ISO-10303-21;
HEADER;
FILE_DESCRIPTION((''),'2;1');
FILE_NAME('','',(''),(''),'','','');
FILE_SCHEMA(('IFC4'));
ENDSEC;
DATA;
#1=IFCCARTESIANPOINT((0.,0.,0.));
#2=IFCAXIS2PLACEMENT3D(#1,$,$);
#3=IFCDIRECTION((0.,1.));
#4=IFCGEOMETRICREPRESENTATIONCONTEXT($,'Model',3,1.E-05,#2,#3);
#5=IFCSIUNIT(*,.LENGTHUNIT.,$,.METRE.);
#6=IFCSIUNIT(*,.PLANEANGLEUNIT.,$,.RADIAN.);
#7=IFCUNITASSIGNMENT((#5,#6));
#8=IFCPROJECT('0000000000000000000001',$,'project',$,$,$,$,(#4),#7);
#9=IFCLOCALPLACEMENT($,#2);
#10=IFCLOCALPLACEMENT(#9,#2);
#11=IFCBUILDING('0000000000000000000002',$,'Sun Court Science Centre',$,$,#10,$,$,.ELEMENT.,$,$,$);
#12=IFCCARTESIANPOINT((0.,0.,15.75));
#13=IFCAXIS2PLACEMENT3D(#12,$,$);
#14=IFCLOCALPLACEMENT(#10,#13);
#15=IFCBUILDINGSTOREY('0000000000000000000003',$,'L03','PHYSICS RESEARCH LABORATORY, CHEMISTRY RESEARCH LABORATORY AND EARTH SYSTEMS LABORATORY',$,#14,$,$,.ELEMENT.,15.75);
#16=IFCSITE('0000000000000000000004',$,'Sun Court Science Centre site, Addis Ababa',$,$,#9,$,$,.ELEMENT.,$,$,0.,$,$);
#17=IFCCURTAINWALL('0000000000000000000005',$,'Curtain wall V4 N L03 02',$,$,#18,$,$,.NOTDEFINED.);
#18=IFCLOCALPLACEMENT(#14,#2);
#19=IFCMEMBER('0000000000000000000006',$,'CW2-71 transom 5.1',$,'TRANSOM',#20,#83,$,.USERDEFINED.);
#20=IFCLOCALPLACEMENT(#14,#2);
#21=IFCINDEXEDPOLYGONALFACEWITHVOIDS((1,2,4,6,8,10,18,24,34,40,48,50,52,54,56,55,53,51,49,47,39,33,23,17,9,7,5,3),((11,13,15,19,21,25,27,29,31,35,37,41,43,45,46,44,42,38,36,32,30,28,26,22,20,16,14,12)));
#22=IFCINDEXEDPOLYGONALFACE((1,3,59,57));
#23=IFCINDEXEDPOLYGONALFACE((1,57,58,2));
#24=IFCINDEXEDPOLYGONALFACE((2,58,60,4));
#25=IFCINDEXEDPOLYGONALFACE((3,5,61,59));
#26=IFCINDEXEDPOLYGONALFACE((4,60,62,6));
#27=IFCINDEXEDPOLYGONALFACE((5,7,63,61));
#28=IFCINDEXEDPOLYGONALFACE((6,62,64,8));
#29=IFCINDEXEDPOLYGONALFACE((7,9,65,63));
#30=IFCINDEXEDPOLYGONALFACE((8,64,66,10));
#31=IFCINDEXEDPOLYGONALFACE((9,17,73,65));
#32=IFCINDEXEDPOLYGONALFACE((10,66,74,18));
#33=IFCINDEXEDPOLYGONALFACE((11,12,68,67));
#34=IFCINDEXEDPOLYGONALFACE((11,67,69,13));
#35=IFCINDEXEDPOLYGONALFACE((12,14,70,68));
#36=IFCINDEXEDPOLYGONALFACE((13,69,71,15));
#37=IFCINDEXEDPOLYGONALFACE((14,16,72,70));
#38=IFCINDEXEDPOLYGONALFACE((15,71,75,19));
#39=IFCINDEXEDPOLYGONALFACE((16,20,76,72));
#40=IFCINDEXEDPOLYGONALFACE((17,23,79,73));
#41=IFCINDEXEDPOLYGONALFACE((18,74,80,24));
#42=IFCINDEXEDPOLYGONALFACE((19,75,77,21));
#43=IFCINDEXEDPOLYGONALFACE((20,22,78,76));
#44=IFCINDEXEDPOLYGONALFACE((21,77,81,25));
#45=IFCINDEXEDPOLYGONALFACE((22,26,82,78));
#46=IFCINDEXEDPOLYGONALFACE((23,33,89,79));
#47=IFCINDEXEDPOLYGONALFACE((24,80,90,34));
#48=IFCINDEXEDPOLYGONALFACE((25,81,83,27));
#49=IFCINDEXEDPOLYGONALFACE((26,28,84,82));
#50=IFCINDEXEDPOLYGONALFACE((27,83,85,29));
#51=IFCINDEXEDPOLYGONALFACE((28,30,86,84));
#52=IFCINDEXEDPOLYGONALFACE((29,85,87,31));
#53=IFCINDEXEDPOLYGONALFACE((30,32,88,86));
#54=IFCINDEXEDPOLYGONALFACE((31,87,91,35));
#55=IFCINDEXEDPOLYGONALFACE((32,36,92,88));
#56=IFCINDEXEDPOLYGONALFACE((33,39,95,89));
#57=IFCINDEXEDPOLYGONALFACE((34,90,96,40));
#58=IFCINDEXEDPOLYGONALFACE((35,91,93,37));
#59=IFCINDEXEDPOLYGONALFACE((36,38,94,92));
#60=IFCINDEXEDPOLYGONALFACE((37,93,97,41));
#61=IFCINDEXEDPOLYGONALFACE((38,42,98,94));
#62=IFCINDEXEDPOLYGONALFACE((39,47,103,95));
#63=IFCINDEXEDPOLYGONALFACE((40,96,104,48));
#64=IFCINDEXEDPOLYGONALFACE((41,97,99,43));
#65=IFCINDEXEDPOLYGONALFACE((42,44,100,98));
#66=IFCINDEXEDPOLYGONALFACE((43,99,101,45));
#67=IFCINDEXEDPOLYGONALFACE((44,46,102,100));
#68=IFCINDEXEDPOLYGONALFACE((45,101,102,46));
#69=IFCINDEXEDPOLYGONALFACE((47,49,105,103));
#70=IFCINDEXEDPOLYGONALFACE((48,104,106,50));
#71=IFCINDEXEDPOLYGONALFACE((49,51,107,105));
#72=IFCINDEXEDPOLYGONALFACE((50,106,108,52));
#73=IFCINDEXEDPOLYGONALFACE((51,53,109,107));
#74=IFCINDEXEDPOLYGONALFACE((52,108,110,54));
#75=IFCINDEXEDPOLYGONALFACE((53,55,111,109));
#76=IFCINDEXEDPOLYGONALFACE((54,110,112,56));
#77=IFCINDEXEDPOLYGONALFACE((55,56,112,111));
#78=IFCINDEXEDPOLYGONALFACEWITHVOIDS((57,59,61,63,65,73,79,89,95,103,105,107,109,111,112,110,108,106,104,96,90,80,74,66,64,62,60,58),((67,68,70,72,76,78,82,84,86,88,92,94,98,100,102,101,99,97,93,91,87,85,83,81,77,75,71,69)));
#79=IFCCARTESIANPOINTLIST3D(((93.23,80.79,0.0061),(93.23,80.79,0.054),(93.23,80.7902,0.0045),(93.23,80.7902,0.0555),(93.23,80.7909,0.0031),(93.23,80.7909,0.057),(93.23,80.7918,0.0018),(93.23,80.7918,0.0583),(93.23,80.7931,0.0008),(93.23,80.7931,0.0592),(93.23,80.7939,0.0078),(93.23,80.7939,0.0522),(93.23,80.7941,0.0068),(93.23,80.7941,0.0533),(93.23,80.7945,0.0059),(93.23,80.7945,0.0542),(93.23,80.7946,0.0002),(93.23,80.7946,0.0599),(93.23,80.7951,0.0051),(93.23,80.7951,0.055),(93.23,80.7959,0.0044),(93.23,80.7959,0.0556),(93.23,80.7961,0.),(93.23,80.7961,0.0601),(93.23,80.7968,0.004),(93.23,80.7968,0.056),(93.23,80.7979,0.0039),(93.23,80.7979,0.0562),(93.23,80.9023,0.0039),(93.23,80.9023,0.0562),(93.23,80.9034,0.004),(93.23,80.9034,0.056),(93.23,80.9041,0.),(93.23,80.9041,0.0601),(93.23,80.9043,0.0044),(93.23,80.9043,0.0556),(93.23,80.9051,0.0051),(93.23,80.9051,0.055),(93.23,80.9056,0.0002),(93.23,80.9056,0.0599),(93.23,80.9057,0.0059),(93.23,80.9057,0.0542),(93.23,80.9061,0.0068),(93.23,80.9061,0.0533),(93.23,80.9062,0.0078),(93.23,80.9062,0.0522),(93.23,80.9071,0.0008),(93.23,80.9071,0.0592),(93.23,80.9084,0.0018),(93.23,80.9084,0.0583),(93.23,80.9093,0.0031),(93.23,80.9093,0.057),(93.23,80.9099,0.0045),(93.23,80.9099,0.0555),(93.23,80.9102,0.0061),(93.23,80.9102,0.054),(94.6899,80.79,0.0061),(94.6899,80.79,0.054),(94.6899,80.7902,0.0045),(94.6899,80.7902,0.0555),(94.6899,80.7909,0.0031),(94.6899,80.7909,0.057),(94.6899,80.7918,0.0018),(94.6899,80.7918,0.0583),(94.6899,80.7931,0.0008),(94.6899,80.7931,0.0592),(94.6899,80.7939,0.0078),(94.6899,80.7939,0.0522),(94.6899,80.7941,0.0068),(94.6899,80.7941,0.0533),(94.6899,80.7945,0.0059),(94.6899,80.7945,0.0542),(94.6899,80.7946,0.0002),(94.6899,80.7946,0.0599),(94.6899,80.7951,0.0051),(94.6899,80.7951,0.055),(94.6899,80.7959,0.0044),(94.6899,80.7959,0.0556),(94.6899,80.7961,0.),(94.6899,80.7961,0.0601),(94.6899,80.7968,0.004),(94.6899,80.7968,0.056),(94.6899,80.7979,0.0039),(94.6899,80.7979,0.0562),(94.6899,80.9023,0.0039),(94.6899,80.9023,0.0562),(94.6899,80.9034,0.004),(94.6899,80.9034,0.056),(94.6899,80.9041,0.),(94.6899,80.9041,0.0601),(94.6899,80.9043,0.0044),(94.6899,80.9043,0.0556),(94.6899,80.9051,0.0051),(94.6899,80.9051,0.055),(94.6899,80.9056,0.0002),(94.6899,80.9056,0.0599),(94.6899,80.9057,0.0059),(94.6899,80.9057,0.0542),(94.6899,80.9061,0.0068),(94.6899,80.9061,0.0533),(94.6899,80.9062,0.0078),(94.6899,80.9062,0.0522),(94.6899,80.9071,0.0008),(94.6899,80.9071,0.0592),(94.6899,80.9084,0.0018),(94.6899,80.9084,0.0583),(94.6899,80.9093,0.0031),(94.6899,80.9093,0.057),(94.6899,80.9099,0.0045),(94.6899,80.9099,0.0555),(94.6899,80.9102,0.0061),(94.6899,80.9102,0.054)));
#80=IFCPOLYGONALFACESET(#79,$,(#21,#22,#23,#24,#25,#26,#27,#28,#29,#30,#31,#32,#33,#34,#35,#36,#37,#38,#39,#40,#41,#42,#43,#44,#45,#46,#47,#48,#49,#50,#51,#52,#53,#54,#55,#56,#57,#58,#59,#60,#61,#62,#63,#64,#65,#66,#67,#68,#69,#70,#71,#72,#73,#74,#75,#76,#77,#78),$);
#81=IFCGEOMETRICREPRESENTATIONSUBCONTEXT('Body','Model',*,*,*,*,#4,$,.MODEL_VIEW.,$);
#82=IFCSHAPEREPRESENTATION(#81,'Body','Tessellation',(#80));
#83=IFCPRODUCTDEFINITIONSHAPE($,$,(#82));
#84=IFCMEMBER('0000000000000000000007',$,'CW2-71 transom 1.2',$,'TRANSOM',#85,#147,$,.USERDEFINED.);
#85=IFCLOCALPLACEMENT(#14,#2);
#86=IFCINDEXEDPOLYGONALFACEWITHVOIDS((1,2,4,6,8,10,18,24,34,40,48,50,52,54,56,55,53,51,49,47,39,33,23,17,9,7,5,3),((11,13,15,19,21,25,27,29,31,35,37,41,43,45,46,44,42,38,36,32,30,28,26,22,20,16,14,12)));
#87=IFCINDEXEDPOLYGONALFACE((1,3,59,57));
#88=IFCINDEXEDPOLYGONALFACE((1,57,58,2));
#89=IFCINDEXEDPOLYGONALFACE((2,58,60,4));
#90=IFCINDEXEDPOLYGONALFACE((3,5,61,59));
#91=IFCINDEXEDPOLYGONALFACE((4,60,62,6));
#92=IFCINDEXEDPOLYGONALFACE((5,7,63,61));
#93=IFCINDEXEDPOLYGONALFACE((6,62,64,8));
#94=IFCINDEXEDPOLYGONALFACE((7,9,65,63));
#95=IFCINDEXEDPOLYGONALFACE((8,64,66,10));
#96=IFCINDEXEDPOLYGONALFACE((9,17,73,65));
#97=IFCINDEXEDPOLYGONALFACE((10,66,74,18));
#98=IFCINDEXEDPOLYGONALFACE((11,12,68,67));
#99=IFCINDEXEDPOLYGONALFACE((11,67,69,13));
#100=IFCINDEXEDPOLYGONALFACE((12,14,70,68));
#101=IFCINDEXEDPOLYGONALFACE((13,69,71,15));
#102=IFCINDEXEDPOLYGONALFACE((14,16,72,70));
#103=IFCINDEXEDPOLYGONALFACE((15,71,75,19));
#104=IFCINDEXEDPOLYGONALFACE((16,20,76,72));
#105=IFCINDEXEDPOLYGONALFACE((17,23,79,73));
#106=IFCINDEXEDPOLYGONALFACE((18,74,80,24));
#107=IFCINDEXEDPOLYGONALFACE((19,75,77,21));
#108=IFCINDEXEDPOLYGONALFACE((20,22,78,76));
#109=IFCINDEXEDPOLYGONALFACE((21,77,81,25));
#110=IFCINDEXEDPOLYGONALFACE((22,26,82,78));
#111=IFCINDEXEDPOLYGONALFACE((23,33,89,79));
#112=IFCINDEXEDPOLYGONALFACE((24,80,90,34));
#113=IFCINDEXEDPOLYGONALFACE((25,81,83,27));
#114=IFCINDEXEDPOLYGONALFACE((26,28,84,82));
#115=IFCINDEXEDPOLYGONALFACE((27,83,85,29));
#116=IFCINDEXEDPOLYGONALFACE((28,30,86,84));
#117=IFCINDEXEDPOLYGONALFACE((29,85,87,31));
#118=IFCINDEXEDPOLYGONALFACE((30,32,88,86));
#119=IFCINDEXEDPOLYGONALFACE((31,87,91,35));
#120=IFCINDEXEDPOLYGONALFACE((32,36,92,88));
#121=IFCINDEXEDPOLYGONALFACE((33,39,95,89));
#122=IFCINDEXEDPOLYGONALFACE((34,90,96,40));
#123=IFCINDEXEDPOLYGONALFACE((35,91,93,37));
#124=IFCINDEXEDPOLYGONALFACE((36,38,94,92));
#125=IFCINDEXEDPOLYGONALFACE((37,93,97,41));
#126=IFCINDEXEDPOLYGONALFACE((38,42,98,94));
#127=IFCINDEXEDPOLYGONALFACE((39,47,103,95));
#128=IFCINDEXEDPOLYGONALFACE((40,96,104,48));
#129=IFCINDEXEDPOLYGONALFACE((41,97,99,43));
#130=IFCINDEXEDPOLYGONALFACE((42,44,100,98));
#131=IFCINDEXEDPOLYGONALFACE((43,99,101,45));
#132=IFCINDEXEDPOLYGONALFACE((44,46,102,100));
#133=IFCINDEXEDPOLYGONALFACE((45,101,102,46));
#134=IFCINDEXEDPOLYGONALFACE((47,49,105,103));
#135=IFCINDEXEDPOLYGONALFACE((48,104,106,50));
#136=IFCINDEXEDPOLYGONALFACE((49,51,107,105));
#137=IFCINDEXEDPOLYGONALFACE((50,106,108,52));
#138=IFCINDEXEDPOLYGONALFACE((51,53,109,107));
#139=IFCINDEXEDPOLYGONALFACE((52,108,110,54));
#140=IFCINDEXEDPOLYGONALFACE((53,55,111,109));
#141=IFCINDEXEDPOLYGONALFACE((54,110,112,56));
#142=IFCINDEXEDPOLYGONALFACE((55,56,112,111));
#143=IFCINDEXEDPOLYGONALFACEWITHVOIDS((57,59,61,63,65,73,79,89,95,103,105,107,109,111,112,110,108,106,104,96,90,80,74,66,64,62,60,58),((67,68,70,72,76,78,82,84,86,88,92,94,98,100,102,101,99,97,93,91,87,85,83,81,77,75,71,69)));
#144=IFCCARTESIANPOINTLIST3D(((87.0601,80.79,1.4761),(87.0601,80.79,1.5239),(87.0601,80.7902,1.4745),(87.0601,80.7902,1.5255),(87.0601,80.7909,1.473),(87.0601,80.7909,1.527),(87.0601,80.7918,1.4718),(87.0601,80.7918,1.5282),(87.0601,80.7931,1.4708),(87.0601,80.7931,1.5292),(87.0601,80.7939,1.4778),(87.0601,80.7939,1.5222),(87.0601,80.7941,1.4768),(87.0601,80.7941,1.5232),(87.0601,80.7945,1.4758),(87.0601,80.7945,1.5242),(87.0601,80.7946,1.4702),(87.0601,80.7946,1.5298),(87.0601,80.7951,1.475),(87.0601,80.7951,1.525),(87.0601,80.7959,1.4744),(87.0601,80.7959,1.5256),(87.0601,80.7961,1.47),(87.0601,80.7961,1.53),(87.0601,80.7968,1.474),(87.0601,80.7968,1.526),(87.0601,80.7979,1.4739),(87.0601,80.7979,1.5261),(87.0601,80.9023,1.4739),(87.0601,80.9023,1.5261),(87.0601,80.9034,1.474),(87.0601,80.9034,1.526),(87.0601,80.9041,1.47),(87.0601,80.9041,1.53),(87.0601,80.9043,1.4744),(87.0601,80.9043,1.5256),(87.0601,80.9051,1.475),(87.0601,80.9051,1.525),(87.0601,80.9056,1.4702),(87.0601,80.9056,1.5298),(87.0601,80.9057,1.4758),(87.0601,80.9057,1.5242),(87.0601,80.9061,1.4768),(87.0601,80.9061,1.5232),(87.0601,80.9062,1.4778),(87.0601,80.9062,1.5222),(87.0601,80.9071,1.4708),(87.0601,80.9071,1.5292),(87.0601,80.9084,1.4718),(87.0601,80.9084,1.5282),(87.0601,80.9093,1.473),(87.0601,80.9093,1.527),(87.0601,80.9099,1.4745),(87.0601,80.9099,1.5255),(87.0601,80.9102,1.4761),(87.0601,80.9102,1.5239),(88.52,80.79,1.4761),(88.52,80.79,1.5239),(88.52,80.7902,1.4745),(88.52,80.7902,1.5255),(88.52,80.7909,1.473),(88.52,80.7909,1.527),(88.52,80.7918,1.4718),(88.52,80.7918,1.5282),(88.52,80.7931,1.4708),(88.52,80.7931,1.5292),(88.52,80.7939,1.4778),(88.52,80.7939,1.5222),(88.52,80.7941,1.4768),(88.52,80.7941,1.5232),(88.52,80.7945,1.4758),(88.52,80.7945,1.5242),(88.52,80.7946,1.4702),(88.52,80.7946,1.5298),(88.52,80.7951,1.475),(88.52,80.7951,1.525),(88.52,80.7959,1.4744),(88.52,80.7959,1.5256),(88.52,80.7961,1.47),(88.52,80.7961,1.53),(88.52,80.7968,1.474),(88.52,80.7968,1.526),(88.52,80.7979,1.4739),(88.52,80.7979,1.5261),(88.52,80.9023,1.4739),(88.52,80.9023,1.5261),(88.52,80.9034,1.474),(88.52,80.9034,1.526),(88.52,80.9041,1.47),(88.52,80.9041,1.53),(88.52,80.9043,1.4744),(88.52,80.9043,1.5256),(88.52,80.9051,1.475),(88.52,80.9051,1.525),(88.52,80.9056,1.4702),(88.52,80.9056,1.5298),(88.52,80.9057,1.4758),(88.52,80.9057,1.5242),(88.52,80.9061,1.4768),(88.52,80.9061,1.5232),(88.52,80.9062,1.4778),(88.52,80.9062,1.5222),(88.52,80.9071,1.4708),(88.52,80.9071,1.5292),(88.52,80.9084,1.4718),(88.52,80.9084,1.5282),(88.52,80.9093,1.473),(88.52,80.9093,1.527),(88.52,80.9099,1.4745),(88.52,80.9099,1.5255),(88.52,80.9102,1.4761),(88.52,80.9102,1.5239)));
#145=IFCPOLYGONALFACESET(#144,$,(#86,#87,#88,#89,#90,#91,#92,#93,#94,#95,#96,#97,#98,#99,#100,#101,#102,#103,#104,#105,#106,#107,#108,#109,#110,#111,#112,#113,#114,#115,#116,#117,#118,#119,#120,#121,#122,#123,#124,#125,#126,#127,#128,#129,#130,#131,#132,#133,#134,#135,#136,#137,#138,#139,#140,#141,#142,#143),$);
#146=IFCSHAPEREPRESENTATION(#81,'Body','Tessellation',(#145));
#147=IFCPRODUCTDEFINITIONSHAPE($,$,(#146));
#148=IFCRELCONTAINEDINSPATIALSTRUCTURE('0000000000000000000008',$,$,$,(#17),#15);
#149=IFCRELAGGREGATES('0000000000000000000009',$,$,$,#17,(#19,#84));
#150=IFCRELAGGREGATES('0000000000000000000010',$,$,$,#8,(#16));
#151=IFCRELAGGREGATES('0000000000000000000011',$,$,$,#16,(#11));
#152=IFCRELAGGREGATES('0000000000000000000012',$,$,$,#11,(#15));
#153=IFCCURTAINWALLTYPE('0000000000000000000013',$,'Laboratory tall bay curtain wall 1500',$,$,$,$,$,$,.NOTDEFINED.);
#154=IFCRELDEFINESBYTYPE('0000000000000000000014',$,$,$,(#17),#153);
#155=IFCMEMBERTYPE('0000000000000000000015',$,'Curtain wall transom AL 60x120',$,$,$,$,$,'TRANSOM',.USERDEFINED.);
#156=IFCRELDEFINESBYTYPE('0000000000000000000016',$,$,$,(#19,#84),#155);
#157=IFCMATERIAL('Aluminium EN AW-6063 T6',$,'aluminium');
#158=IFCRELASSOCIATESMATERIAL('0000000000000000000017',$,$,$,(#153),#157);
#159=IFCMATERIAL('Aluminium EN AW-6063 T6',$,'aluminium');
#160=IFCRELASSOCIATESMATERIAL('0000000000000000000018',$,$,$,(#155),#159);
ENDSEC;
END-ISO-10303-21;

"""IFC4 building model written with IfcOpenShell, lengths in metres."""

from ifc_helpers import new_model, si_unit, direction, frame, origin, origin_2d, place, context, subcontext, project, spatial, hollow_rectangle, extrude, material, material_profile, profile_set, type_object, element, aggregate, save


model = new_model("IFC4")

# Units and contexts
model_context = context("Model", 3, precision=1e-05, world=origin(), true_north=direction((0.0, 1.0)))
body_context = subcontext(model_context, "Body", "Model", "MODEL_VIEW")
ifc_project = project(units=[si_unit("LENGTHUNIT", "METRE"), si_unit("PLANEANGLEUNIT", "RADIAN")], contexts=[model_context])

# Site, building, storey
site_placement = place(None, origin())
site = spatial("IfcSite", under=ifc_project, at=site_placement, Name="Sun Court Science Centre site, Addis Ababa", CompositionType="ELEMENT", RefElevation=0.0)
building_placement = place(site_placement, origin())
building = spatial("IfcBuilding", under=site, at=building_placement, Name="Sun Court Science Centre", CompositionType="ELEMENT")
storey_placement = place(building_placement, frame((0.0, 0.0, 15.75)))
storey = spatial("IfcBuildingStorey", under=building, at=storey_placement, Name="L03", Description="PHYSICS RESEARCH LABORATORY, CHEMISTRY RESEARCH LABORATORY AND EARTH SYSTEMS LABORATORY", CompositionType="ELEMENT", Elevation=15.75)

# Curtain wall
ifc_material_1 = material(Name="Aluminium EN AW-6063 T6", Category="aluminium")
curtain_wall_type = type_object("IfcCurtainWallType", Name="Laboratory tall bay curtain wall 1500", PredefinedType="NOTDEFINED", material=ifc_material_1)
curtain_wall_1_placement = place(storey_placement, origin())
curtain_wall_1 = element("IfcCurtainWall", 1, at=curtain_wall_1_placement, inside=storey, type_object=curtain_wall_type, Name="Curtain wall V4 N L03 02", PredefinedType="NOTDEFINED")

# Members
ifc_material_2 = material(Name="Aluminium EN AW-6063 T6", Category="aluminium")
ifc_material_profile_1 = material_profile(ifc_material_2, hollow_rectangle(XDim=0.0601, YDim=0.1201, WallThickness=0.0039, InnerFilletRadius=0.0039, OuterFilletRadius=0.0061, at=origin_2d()), Name="AL 60x120x4")
ifc_profile_set_1 = profile_set([ifc_material_profile_1], Name="Aluminium EN AW-6063 T6")
member_type_1 = type_object("IfcMemberType", Name="Curtain wall transom AL 60x120", ElementType="TRANSOM", PredefinedType="USERDEFINED", material=ifc_profile_set_1)
member_1_placement = place(storey_placement, frame((93.23, 80.8501, 0.03), z_axis=(1.0, 0.0, 0.0), x_axis=(0.0, 0.0, 1.0)))
member_1 = element("IfcMember", 2, at=member_1_placement, type_object=member_type_1, Name="CW2-71 transom 5.1", ObjectType="TRANSOM", PredefinedType="USERDEFINED", context=body_context, shape_type="SweptSolid", body=[
    extrude(hollow_rectangle(XDim=0.0601, YDim=0.1201, WallThickness=0.0039, InnerFilletRadius=0.0039, OuterFilletRadius=0.0061, at=origin_2d()), origin(), (0.0, 0.0, 1.0), 1.46),
])
member_2_placement = place(storey_placement, frame((87.0601, 80.8501, 1.5), z_axis=(1.0, 0.0, 0.0), x_axis=(0.0, 0.0, 1.0)))
member_2 = element("IfcMember", 3, at=member_2_placement, type_object=member_type_1, Name="CW2-71 transom 1.2", ObjectType="TRANSOM", PredefinedType="USERDEFINED", context=body_context, shape_type="SweptSolid", body=[
    extrude(hollow_rectangle(XDim=0.0601, YDim=0.1201, WallThickness=0.0039, InnerFilletRadius=0.0039, OuterFilletRadius=0.0061, at=origin_2d()), origin(), (0.0, 0.0, 1.0), 1.46),
])

aggregate(curtain_wall_1, [member_1, member_2])

save(model, "model.ifc")
